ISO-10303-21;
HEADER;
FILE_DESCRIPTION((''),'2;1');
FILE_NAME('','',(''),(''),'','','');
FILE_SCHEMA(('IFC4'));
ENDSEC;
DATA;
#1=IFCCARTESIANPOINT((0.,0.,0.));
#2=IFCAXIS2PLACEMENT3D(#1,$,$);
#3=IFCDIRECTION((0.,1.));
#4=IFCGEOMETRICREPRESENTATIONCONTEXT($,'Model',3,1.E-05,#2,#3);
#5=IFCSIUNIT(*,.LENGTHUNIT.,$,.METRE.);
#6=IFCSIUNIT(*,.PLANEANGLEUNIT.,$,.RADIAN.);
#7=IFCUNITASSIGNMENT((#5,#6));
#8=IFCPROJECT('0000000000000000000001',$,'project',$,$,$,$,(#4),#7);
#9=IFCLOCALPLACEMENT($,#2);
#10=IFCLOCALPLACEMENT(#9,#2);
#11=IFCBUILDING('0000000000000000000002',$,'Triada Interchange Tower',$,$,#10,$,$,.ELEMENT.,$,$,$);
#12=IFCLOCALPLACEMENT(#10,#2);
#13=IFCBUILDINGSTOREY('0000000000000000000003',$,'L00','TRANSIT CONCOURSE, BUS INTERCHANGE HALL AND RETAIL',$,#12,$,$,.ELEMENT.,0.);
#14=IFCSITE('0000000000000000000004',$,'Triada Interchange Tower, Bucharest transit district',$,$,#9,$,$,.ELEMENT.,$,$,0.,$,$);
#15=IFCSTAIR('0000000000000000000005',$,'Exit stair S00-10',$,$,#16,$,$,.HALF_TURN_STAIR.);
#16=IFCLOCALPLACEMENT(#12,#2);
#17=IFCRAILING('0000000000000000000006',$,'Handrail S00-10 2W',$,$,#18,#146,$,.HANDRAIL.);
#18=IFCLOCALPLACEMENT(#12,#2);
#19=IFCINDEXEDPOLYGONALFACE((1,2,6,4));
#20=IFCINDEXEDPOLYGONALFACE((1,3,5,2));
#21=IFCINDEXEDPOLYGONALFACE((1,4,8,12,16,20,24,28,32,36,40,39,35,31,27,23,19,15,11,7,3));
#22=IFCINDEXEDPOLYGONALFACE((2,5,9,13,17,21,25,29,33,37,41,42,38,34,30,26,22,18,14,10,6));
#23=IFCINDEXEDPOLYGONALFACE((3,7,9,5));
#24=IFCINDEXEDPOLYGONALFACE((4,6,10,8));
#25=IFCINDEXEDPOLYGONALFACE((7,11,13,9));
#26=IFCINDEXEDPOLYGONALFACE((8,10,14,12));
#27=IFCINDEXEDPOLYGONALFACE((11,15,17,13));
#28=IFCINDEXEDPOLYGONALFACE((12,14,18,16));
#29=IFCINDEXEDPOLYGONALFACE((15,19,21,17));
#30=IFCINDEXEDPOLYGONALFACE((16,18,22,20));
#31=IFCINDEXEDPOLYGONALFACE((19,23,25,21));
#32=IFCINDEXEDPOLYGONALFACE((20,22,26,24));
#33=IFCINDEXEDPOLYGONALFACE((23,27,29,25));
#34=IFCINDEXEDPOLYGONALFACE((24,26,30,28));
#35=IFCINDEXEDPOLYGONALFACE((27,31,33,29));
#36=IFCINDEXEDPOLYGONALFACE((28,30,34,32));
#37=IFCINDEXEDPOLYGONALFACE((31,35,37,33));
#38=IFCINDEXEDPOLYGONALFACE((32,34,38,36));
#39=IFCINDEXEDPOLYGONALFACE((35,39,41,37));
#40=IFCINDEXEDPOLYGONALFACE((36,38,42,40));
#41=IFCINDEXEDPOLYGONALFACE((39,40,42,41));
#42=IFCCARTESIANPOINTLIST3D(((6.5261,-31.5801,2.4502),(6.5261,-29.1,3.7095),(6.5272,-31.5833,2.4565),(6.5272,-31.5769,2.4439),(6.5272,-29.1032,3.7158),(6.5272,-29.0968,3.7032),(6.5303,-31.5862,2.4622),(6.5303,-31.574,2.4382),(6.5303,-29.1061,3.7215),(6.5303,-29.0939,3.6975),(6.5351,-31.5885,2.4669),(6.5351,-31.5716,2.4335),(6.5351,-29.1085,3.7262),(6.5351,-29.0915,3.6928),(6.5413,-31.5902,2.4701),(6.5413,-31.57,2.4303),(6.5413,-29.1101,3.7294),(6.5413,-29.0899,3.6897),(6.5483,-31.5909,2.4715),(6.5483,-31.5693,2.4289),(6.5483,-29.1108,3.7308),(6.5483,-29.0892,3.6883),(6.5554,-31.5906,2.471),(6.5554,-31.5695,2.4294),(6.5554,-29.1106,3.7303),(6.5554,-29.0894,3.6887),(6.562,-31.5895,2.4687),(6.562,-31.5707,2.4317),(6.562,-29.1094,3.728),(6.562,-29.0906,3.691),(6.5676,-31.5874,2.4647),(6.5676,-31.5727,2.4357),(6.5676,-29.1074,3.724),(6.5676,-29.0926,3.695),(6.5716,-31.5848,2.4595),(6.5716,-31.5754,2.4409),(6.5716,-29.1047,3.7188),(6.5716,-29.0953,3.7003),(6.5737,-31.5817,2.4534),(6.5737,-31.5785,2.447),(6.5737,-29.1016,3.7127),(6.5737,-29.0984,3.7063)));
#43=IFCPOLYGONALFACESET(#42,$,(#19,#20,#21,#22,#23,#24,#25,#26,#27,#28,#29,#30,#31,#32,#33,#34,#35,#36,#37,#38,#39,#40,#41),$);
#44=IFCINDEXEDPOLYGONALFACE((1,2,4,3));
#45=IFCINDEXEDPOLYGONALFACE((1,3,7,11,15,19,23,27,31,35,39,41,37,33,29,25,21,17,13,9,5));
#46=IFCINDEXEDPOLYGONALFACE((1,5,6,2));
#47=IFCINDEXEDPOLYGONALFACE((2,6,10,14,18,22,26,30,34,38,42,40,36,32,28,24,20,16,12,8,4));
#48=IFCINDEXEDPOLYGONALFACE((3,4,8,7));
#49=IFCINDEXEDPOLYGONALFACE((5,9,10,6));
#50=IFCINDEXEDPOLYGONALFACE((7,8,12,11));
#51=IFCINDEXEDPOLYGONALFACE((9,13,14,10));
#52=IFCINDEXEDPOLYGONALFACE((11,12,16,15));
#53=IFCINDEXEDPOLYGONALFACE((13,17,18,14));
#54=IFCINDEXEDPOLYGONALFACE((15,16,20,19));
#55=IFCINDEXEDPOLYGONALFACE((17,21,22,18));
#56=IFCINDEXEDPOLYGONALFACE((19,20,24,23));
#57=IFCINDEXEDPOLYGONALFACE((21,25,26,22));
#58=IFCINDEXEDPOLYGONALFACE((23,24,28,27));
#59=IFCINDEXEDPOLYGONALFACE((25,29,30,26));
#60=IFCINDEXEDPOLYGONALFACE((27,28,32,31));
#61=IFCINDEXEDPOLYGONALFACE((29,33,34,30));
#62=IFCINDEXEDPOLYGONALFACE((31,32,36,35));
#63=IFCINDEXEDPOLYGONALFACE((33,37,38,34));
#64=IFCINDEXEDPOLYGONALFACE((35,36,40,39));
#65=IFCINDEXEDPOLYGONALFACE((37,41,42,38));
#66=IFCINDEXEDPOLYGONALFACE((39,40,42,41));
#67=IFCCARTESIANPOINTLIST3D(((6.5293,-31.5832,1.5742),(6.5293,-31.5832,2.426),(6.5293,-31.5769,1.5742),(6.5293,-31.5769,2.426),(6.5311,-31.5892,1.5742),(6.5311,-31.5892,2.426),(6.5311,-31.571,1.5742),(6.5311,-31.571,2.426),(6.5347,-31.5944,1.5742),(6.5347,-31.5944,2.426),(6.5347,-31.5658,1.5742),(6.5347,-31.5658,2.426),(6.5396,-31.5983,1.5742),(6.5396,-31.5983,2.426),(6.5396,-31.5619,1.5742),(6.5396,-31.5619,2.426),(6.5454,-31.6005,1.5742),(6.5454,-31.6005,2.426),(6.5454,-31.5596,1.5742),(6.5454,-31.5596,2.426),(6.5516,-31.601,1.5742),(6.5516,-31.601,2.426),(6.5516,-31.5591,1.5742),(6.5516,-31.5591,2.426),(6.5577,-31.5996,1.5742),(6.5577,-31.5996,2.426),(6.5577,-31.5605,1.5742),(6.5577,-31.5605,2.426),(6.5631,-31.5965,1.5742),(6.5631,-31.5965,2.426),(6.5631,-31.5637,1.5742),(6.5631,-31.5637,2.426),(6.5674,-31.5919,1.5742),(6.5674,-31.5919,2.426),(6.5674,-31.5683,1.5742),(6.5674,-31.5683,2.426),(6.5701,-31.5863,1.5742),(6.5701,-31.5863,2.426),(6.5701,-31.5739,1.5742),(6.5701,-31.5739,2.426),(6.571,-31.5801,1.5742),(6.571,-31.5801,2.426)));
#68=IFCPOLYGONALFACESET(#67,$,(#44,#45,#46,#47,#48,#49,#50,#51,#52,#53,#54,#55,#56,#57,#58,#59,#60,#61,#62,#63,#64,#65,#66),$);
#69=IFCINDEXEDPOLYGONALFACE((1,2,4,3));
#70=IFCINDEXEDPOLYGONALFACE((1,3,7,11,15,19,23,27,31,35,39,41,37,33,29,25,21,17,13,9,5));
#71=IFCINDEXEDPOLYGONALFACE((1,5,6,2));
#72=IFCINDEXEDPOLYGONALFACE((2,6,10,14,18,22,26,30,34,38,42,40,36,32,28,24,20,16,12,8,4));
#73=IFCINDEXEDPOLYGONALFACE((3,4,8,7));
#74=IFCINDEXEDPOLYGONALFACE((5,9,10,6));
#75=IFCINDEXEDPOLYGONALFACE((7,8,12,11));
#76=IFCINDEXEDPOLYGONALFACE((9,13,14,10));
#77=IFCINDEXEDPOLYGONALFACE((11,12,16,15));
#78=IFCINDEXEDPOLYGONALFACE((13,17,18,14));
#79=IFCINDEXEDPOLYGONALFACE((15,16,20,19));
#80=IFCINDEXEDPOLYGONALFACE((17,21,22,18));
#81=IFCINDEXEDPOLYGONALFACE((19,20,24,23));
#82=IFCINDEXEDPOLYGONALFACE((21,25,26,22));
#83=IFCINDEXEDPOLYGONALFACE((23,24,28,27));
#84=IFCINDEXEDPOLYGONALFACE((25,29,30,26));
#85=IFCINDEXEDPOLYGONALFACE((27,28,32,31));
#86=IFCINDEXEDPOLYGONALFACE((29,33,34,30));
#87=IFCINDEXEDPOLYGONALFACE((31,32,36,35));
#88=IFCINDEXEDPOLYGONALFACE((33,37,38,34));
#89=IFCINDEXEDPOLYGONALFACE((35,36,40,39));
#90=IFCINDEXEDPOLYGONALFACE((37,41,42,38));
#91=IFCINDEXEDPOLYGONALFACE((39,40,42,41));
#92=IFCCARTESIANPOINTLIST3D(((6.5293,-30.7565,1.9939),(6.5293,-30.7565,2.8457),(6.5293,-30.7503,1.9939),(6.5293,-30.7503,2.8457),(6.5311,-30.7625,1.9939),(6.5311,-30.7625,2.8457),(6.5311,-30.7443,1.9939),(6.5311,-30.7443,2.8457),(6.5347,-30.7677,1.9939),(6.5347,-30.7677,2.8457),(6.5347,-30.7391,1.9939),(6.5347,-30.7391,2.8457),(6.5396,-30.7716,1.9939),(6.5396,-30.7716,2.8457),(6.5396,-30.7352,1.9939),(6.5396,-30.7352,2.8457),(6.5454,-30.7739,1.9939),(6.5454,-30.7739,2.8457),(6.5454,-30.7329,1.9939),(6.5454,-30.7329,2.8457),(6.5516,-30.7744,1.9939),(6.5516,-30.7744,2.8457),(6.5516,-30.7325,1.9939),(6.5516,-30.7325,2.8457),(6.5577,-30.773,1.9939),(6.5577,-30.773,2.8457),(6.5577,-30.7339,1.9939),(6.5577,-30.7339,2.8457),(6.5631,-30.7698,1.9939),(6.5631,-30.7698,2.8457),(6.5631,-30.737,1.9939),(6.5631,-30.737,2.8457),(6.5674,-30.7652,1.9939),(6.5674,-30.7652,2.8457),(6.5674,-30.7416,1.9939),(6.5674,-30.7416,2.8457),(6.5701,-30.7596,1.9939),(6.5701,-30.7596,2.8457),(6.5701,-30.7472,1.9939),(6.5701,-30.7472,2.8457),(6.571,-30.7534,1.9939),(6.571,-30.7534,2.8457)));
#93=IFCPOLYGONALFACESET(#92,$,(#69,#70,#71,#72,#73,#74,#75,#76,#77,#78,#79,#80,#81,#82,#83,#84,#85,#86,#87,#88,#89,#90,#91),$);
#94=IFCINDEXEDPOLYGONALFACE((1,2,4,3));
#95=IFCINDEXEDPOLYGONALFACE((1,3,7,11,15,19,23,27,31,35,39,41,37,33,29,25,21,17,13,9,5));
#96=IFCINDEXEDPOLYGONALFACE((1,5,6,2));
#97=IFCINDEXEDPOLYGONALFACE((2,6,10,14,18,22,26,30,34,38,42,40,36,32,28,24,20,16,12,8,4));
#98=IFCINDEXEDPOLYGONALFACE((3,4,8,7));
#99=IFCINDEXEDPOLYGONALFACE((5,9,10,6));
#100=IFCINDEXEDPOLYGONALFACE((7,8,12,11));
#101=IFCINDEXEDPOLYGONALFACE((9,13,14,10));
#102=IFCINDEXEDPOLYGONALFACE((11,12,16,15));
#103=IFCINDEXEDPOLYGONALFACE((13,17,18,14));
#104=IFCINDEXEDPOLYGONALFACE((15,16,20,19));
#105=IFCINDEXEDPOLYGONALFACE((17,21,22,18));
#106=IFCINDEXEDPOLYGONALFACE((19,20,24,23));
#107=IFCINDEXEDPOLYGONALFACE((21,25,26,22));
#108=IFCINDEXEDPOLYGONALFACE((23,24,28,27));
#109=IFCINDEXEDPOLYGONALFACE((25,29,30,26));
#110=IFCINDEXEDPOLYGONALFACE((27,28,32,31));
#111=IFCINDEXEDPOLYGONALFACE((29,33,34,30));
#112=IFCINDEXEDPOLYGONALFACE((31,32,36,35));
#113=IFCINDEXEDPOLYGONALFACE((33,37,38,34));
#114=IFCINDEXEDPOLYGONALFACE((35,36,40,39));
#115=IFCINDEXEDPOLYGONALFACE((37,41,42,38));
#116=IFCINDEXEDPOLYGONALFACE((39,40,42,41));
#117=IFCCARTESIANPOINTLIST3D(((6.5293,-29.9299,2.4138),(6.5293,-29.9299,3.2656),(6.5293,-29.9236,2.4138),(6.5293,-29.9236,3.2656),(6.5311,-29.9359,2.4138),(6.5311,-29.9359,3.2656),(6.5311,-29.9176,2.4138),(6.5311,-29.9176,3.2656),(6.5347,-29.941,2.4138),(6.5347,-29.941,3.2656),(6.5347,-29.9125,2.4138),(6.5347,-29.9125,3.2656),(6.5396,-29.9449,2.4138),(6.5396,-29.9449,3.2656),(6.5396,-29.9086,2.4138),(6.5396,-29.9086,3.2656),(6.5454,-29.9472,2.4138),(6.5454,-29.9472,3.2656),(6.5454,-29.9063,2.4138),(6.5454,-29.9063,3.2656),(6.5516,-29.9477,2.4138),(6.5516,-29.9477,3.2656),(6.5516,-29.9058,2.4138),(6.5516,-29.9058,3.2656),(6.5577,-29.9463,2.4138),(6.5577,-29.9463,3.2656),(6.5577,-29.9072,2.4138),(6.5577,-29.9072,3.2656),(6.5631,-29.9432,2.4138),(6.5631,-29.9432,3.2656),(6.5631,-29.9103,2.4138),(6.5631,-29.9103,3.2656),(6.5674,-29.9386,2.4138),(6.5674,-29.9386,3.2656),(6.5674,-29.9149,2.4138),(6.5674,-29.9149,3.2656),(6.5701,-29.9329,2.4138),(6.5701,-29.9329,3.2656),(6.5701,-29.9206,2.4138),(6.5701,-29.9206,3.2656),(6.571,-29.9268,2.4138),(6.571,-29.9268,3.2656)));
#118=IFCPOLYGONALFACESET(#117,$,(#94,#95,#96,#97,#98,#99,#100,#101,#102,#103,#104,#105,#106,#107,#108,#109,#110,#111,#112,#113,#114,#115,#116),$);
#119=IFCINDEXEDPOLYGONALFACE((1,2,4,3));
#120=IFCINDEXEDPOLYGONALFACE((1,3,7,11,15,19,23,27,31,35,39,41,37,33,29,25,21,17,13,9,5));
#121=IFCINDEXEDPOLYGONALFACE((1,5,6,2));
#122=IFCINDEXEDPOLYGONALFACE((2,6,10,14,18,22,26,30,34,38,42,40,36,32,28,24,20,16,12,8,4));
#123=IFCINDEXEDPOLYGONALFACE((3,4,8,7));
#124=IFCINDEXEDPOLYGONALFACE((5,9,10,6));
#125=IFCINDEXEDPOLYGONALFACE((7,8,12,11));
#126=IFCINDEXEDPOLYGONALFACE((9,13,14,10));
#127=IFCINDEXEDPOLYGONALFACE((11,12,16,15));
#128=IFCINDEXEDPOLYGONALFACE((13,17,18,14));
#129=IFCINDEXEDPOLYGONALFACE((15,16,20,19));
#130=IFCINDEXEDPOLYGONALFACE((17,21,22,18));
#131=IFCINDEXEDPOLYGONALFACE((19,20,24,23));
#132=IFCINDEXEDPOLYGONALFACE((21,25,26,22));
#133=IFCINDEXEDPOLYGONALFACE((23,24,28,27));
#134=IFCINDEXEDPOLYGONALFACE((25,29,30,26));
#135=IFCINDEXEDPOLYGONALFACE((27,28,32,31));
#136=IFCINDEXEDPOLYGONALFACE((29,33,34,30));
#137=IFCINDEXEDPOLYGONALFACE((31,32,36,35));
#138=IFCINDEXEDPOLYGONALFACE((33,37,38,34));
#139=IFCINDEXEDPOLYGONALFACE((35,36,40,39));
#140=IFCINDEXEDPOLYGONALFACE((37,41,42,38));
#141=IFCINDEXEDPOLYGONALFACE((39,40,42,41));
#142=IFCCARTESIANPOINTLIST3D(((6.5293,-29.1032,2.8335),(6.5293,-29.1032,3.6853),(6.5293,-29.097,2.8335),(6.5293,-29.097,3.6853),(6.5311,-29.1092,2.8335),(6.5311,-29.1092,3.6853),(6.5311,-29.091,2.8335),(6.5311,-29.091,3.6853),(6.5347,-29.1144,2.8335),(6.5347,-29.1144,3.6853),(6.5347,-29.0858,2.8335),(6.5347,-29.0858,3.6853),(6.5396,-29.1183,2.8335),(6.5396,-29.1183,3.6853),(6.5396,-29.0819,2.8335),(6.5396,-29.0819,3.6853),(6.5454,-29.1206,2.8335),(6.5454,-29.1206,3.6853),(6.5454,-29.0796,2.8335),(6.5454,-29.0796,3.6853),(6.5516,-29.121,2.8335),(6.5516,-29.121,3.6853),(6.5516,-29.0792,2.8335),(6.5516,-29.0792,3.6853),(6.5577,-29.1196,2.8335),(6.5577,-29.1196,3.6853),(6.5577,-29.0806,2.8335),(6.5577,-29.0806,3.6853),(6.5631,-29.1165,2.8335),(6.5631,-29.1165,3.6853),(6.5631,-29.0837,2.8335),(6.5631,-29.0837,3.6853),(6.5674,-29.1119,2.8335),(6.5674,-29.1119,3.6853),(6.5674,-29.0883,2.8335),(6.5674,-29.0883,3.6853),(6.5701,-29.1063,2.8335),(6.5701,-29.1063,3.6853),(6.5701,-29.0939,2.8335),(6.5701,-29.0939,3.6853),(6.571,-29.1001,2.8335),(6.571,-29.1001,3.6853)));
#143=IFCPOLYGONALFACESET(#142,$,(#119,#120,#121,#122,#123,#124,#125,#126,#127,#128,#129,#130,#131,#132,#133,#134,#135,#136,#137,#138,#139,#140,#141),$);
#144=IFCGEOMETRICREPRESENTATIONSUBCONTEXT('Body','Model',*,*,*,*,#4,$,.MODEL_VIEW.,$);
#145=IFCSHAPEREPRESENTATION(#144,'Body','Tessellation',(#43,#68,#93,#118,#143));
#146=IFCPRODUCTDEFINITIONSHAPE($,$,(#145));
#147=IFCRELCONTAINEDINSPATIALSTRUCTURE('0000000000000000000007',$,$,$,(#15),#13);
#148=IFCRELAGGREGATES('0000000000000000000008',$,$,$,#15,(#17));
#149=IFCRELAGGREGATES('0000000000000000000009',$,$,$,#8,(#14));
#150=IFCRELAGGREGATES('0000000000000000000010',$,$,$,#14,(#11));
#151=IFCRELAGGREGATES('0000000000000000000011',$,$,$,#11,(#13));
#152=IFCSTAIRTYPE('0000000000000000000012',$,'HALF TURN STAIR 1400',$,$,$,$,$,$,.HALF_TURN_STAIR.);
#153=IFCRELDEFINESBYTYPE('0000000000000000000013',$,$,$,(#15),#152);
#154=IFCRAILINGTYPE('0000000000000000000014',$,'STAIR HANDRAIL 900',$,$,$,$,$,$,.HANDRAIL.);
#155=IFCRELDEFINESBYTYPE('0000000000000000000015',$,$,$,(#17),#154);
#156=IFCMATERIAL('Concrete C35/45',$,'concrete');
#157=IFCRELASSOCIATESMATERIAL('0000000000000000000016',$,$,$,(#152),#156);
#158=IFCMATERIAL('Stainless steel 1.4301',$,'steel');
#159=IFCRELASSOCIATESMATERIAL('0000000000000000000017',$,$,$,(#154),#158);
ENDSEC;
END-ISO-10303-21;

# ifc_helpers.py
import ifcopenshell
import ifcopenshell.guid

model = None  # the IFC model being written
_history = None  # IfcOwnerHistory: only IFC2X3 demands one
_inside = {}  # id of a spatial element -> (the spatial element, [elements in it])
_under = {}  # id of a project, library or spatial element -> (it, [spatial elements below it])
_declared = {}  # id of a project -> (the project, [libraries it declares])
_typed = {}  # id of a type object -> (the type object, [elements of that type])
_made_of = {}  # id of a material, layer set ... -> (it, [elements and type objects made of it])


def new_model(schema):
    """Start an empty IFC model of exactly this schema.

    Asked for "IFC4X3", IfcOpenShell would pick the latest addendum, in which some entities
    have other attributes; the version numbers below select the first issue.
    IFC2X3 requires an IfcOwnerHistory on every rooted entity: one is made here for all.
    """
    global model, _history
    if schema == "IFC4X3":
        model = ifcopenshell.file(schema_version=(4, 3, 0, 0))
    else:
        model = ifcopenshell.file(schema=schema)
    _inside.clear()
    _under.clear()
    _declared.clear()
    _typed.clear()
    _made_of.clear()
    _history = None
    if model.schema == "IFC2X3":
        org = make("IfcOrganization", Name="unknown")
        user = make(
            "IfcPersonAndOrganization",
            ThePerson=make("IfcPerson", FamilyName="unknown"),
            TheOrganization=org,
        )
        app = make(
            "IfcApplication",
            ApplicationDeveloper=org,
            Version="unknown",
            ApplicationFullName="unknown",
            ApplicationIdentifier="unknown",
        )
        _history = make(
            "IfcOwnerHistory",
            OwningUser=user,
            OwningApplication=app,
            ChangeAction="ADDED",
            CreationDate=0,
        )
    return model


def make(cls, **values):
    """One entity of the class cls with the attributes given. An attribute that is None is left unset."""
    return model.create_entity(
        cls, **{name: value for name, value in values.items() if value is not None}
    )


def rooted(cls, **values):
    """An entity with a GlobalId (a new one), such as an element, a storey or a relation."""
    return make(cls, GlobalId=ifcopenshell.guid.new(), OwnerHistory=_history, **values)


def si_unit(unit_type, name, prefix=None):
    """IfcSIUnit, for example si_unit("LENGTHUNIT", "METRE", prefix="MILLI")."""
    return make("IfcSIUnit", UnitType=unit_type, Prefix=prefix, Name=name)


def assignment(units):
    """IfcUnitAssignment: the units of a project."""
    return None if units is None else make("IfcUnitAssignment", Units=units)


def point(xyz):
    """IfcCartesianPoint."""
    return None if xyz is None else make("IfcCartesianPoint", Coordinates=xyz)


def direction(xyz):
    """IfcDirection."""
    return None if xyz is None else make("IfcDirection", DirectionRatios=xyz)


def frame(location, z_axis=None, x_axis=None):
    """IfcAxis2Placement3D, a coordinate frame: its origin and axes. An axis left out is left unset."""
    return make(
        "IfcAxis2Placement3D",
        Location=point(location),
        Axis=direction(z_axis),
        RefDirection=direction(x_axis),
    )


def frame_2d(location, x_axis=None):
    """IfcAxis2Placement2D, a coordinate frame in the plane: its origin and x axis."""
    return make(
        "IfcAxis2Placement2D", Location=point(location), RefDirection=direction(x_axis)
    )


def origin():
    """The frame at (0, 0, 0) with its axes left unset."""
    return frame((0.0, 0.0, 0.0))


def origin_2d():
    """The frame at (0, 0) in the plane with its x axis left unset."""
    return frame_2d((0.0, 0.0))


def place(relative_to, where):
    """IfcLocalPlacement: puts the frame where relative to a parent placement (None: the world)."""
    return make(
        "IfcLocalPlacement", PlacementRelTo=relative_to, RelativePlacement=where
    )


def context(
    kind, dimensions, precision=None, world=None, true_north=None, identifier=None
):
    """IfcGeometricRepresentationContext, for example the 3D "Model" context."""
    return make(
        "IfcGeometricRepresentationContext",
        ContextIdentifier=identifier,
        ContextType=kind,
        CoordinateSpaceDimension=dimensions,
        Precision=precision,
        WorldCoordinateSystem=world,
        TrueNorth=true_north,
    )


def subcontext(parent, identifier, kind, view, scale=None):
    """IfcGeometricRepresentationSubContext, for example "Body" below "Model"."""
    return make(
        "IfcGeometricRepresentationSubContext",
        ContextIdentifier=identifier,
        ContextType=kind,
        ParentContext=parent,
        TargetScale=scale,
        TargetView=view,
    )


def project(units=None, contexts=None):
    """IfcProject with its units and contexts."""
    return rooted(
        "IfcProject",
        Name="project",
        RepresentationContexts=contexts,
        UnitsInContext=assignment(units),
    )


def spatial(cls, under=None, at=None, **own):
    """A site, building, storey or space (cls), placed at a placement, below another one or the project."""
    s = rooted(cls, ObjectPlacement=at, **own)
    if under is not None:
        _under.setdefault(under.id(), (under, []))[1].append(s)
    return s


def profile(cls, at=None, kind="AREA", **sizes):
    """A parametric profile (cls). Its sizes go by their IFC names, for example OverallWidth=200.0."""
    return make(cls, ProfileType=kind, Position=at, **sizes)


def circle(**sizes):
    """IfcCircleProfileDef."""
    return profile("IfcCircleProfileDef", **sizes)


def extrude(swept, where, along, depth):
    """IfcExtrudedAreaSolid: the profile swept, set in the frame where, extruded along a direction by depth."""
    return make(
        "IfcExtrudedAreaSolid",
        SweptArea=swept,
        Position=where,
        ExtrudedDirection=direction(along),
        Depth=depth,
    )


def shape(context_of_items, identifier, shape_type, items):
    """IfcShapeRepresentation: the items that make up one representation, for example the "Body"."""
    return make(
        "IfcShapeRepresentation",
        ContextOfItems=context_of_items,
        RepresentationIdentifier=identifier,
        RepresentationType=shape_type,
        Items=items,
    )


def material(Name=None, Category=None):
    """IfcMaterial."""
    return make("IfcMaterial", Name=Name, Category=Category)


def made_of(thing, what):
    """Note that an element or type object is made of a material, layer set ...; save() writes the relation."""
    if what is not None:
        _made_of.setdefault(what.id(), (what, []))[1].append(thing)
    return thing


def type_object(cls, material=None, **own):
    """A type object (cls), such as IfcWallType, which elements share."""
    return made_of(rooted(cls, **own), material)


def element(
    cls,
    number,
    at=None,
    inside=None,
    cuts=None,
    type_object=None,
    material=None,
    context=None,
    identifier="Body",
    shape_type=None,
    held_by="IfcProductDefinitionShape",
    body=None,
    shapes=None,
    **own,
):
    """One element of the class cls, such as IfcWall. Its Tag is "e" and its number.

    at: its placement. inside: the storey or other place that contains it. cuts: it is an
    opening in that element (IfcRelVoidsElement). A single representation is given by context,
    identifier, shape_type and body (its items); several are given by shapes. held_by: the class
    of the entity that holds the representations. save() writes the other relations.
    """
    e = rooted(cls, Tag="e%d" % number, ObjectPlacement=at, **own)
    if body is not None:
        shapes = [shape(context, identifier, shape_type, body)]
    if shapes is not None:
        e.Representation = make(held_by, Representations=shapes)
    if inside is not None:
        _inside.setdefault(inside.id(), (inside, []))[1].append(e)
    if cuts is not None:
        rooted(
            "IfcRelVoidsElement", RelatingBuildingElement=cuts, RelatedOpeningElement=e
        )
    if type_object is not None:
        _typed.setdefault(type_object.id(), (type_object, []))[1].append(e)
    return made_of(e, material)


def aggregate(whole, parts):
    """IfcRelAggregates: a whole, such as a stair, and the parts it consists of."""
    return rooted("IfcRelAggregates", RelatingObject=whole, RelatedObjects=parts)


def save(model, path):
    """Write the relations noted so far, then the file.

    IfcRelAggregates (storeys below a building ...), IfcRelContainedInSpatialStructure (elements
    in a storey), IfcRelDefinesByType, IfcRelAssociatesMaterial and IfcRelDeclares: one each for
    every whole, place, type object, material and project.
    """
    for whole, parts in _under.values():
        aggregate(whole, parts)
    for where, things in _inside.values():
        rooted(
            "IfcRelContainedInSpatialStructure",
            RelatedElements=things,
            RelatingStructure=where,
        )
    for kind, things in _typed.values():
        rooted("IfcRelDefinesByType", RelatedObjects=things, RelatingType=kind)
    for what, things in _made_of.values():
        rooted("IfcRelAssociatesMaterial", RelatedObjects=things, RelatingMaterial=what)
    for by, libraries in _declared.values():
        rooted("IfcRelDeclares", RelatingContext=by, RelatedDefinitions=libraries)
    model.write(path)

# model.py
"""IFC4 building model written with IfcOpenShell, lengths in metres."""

from ifc_helpers import new_model, si_unit, direction, frame, origin, origin_2d, place, context, subcontext, project, spatial, circle, extrude, material, type_object, element, aggregate, save


model = new_model("IFC4")

# Units and contexts
model_context = context("Model", 3, precision=1e-05, world=origin(), true_north=direction((0.0, 1.0)))
body_context = subcontext(model_context, "Body", "Model", "MODEL_VIEW")
ifc_project = project(units=[si_unit("LENGTHUNIT", "METRE"), si_unit("PLANEANGLEUNIT", "RADIAN")], contexts=[model_context])

# Site, building, storey
site_placement = place(None, origin())
site = spatial("IfcSite", under=ifc_project, at=site_placement, Name="Triada Interchange Tower, Bucharest transit district", CompositionType="ELEMENT", RefElevation=0.0)
building_placement = place(site_placement, origin())
building = spatial("IfcBuilding", under=site, at=building_placement, Name="Triada Interchange Tower", CompositionType="ELEMENT")
storey_placement = place(building_placement, origin())
storey = spatial("IfcBuildingStorey", under=building, at=storey_placement, Name="L00", Description="TRANSIT CONCOURSE, BUS INTERCHANGE HALL AND RETAIL", CompositionType="ELEMENT", Elevation=0.0)

# Shared definitions
ifc_material_1 = material(Name="Concrete C35/45", Category="concrete")

# Shared definitions
stair_type = type_object("IfcStairType", Name="HALF TURN STAIR 1400", PredefinedType="HALF_TURN_STAIR", material=ifc_material_1)
ifc_material_2 = material(Name="Stainless steel 1.4301", Category="steel")
railing_type_1 = type_object("IfcRailingType", Name="STAIR HANDRAIL 900", PredefinedType="HANDRAIL", material=ifc_material_2)

# Stair, railing
stair_1_placement = place(storey_placement, origin())
stair_1 = element("IfcStair", 1, at=stair_1_placement, inside=storey, type_object=stair_type, Name="Exit stair S00-10", PredefinedType="HALF_TURN_STAIR")
railing_1_placement = place(storey_placement, frame((6.55, -31.5801, 1.5742)))
railing_1 = element("IfcRailing", 2, at=railing_1_placement, type_object=railing_type_1, Name="Handrail S00-10 2W", PredefinedType="HANDRAIL", context=body_context, shape_type="SweptSolid", body=[
    extrude(circle(Radius=0.0239, at=origin_2d()), frame((0.0, 0.0, 0.876), z_axis=(0.0, 0.891636, 0.452752), x_axis=(-1.0, 0.0, 0.0)), (0.0, 0.0, 1.0), 2.7815),
    extrude(circle(Radius=0.021, at=origin_2d()), origin(), (0.0, 0.0, 1.0), 0.8518),
    extrude(circle(Radius=0.021, at=origin_2d()), frame((0.0, 0.8267, 0.4197)), (0.0, 0.0, 1.0), 0.8518),
    extrude(circle(Radius=0.021, at=origin_2d()), frame((0.0, 1.6533, 0.8396)), (0.0, 0.0, 1.0), 0.8518),
    extrude(circle(Radius=0.021, at=origin_2d()), frame((0.0, 2.48, 1.2593)), (0.0, 0.0, 1.0), 0.8518),
])
aggregate(stair_1, [railing_1])

save(model, "model.ifc")
